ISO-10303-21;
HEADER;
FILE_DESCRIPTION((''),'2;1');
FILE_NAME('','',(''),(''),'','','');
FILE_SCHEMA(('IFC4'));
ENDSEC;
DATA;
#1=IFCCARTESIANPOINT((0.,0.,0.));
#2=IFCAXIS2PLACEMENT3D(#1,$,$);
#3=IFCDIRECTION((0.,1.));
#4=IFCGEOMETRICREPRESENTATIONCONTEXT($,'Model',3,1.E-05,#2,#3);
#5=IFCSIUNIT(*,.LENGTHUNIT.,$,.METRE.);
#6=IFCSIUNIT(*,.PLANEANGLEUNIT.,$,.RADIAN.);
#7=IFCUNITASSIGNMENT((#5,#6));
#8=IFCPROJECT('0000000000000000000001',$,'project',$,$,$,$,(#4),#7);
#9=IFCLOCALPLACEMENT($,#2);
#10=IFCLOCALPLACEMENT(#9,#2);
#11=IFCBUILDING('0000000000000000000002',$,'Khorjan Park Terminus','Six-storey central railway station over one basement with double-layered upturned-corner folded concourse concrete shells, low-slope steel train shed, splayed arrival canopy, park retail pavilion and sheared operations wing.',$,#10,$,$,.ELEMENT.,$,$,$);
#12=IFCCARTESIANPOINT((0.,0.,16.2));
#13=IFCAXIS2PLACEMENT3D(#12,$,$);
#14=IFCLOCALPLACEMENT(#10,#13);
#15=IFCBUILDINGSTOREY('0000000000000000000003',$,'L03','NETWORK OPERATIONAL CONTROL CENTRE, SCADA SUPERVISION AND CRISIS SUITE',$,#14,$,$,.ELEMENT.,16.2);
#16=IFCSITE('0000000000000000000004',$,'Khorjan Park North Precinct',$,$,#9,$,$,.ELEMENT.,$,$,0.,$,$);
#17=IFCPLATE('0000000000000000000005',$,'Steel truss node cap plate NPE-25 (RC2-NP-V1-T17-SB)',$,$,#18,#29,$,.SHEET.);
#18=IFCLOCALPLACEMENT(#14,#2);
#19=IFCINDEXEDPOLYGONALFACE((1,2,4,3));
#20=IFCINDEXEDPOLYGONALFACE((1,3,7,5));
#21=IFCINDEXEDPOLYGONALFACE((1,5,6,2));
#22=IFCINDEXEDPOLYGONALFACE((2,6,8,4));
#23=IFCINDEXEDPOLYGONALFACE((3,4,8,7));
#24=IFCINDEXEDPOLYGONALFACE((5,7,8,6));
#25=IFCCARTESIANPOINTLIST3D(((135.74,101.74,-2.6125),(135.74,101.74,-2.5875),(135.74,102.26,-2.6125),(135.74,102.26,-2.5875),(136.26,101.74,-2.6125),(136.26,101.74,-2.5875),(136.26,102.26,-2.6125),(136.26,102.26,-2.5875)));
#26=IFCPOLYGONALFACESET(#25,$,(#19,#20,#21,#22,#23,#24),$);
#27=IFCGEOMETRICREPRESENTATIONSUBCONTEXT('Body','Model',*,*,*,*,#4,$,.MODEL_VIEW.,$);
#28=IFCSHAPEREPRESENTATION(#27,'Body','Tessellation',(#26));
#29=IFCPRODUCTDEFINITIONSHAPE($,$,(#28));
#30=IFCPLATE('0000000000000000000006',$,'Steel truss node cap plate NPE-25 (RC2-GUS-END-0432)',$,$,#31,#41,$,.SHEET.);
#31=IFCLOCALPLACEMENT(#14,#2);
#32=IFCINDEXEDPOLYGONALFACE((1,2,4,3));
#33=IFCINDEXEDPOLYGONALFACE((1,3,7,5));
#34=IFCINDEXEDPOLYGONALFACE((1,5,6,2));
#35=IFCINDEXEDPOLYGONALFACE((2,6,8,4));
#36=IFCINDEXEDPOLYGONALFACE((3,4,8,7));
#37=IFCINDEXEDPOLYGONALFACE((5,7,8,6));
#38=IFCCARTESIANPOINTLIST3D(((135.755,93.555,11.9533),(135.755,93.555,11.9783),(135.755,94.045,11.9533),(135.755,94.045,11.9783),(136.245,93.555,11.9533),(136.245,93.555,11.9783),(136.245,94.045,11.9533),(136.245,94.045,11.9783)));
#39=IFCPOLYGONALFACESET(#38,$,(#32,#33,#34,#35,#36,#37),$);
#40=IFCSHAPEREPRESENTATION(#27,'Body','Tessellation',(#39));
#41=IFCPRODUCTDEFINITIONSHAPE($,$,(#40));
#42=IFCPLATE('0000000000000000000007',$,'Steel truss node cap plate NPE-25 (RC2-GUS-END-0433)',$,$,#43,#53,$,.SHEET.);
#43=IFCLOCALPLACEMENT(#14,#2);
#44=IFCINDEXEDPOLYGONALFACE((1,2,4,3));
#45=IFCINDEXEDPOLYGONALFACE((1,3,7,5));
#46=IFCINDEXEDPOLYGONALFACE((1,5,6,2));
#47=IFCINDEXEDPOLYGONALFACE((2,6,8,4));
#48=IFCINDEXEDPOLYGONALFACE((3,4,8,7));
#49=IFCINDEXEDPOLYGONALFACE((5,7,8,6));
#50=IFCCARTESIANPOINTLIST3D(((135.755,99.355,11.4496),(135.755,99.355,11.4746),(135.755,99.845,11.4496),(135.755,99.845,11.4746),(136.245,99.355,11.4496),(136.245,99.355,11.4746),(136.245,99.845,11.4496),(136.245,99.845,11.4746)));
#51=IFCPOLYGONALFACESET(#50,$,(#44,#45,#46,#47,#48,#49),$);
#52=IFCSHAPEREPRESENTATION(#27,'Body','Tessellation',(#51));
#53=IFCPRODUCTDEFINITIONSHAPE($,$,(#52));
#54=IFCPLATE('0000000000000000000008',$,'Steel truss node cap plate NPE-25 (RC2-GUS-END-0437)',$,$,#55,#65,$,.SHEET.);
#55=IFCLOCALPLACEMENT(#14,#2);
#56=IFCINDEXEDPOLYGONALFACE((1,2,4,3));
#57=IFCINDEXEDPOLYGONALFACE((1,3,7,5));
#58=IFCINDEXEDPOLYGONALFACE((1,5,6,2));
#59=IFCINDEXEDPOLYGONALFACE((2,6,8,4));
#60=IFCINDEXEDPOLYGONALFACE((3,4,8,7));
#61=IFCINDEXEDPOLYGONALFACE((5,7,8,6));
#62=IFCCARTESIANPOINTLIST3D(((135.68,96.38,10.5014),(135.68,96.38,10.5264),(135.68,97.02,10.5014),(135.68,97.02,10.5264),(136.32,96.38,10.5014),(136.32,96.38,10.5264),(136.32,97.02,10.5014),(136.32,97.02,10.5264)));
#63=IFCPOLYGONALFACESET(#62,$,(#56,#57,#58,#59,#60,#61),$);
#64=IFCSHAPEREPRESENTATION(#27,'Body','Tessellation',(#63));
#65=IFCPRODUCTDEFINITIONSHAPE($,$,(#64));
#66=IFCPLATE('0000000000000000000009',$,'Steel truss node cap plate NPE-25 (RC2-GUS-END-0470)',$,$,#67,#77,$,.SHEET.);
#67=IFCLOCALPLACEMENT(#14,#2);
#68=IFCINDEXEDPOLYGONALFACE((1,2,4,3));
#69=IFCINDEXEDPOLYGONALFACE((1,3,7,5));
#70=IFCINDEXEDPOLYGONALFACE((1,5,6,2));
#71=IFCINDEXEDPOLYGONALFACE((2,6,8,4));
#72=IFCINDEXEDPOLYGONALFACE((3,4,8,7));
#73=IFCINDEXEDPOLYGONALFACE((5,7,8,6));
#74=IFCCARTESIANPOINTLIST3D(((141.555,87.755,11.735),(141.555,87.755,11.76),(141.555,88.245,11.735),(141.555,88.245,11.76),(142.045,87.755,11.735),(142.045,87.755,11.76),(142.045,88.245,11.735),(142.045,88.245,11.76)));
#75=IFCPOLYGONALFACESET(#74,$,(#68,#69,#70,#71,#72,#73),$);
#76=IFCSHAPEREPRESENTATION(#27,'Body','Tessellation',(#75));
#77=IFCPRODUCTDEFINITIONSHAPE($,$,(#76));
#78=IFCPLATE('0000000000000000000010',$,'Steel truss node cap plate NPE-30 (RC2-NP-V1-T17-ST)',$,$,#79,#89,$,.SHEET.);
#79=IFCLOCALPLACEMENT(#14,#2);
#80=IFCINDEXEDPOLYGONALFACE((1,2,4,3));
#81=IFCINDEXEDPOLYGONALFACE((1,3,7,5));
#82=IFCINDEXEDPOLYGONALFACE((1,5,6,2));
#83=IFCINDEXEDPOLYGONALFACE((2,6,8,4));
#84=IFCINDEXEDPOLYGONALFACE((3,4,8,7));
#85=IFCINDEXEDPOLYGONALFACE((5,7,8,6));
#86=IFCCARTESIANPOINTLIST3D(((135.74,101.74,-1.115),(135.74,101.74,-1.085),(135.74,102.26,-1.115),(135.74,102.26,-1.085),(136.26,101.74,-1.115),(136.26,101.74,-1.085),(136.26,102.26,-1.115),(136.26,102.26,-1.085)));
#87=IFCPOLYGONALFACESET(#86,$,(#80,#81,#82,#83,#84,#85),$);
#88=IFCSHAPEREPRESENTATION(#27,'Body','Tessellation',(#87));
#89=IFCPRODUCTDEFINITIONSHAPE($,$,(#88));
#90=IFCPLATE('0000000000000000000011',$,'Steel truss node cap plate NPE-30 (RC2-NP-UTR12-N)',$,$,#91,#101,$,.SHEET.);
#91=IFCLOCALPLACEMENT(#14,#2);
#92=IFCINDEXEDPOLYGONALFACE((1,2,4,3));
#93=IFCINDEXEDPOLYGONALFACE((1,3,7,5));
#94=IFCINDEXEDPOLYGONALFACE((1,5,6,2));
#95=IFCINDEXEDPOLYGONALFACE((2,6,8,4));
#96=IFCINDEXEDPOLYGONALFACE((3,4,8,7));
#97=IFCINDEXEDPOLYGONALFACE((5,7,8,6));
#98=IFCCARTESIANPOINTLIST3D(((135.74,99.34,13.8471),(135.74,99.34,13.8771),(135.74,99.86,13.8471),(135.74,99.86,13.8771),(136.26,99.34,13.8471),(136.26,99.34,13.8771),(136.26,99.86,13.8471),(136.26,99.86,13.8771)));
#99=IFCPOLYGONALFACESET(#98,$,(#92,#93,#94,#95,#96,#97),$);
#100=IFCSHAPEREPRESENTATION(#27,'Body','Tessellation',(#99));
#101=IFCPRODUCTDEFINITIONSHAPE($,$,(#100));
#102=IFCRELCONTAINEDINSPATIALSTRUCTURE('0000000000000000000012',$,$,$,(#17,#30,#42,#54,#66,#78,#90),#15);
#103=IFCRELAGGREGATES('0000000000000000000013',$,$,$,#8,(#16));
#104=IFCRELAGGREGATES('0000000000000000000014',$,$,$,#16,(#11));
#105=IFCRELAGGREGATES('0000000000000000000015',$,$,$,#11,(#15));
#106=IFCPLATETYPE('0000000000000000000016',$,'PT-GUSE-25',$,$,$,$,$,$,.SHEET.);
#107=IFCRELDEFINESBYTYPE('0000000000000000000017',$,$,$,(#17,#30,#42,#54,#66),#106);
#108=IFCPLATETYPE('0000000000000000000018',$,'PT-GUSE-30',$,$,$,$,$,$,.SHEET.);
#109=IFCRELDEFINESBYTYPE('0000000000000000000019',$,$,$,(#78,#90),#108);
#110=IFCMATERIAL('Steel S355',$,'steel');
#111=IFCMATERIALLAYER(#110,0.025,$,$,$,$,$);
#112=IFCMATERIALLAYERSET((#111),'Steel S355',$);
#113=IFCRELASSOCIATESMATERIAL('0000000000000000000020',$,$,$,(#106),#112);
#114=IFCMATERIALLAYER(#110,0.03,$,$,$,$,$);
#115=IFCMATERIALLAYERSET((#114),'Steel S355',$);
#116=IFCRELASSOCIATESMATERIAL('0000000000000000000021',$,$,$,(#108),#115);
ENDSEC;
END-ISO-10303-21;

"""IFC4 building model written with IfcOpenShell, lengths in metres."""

from ifc_helpers import new_model, si_unit, direction, frame, origin, origin_2d, place, context, subcontext, project, spatial, rectangle, extrude, material, layer, layer_set, type_object, element, save


model = new_model("IFC4")

# Units and contexts
model_context = context("Model", 3, precision=1e-05, world=origin(), true_north=direction((0.0, 1.0)))
body_context = subcontext(model_context, "Body", "Model", "MODEL_VIEW")
ifc_project = project(units=[si_unit("LENGTHUNIT", "METRE"), si_unit("PLANEANGLEUNIT", "RADIAN")], contexts=[model_context])

# Site, building, storey
site_placement = place(None, origin())
site = spatial("IfcSite", under=ifc_project, at=site_placement, Name="Khorjan Park North Precinct", CompositionType="ELEMENT", RefElevation=0.0)
building_placement = place(site_placement, origin())
building = spatial("IfcBuilding", under=site, at=building_placement, Name="Khorjan Park Terminus", Description="Six-storey central railway station over one basement with double-layered upturned-corner folded concourse concrete shells, low-slope steel train shed, splayed arrival canopy, park retail pavilion and sheared operations wing.", CompositionType="ELEMENT")
storey_placement = place(building_placement, frame((0.0, 0.0, 16.2)))
storey = spatial("IfcBuildingStorey", under=building, at=storey_placement, Name="L03", Description="NETWORK OPERATIONAL CONTROL CENTRE, SCADA SUPERVISION AND CRISIS SUITE", CompositionType="ELEMENT", Elevation=16.2)

# Shared definitions
ifc_material = material(Name="Steel S355", Category="steel")

# Plates
ifc_layer_1 = layer(ifc_material, 0.025)
ifc_layer_set_1 = layer_set([ifc_layer_1], Name="Steel S355")
plate_type_1 = type_object("IfcPlateType", Name="PT-GUSE-25", PredefinedType="SHEET", material=ifc_layer_set_1)
plate_1_placement = place(storey_placement, frame((136.0, 102.0, -2.6125), z_axis=(0.0, 0.0, 1.0), x_axis=(1.0, 0.0, 0.0)))
element("IfcPlate", 1, at=plate_1_placement, inside=storey, type_object=plate_type_1, Name="Steel truss node cap plate NPE-25 (RC2-NP-V1-T17-SB)", PredefinedType="SHEET", context=body_context, shape_type="SweptSolid", body=[
    extrude(rectangle(XDim=0.52, YDim=0.52, at=origin_2d()), origin(), (0.0, 0.0, 1.0), 0.025),
])
for number, where, z_axis, x_axis, name in (
    (2, (136.0, 93.8, 11.9533), (0.0, 0.0, 1.0), (1.0, 0.0, 0.0), "Steel truss node cap plate NPE-25 (RC2-GUS-END-0432)"),
    (3, (136.0, 99.6, 11.4496), (0.0, 0.0, 1.0), (1.0, 0.0, 0.0), "Steel truss node cap plate NPE-25 (RC2-GUS-END-0433)"),
):
    element("IfcPlate", number, at=place(storey_placement, frame(where, z_axis=z_axis, x_axis=x_axis)), inside=storey, type_object=plate_type_1, Name=name, PredefinedType="SHEET", context=body_context, shape_type="SweptSolid", body=[
        extrude(rectangle(XDim=0.49, YDim=0.49, at=origin_2d()), origin(), (0.0, 0.0, 1.0), 0.025),
    ])
plate_2_placement = place(storey_placement, frame((136.0, 96.7, 10.5014), z_axis=(0.0, 0.0, 1.0), x_axis=(1.0, 0.0, 0.0)))
element("IfcPlate", 4, at=plate_2_placement, inside=storey, type_object=plate_type_1, Name="Steel truss node cap plate NPE-25 (RC2-GUS-END-0437)", PredefinedType="SHEET", context=body_context, shape_type="SweptSolid", body=[
    extrude(rectangle(XDim=0.64, YDim=0.64, at=origin_2d()), origin(), (0.0, 0.0, 1.0), 0.025),
])
plate_3_placement = place(storey_placement, frame((141.8, 88.0, 11.735), z_axis=(0.0, 0.0, 1.0), x_axis=(1.0, 0.0, 0.0)))
element("IfcPlate", 5, at=plate_3_placement, inside=storey, type_object=plate_type_1, Name="Steel truss node cap plate NPE-25 (RC2-GUS-END-0470)", PredefinedType="SHEET", context=body_context, shape_type="SweptSolid", body=[
    extrude(rectangle(XDim=0.49, YDim=0.49, at=origin_2d()), origin(), (0.0, 0.0, 1.0), 0.025),
])
ifc_layer_2 = layer(ifc_material, 0.03)
ifc_layer_set_2 = layer_set([ifc_layer_2], Name="Steel S355")
plate_type_2 = type_object("IfcPlateType", Name="PT-GUSE-30", PredefinedType="SHEET", material=ifc_layer_set_2)
for number, where, z_axis, x_axis, name in (
    (6, (136.0, 102.0, -1.115), (0.0, 0.0, 1.0), (1.0, 0.0, 0.0), "Steel truss node cap plate NPE-30 (RC2-NP-V1-T17-ST)"),
    (7, (136.0, 99.6, 13.8471), (0.0, 0.0, 1.0), (1.0, 0.0, 0.0), "Steel truss node cap plate NPE-30 (RC2-NP-UTR12-N)"),
):
    element("IfcPlate", number, at=place(storey_placement, frame(where, z_axis=z_axis, x_axis=x_axis)), inside=storey, type_object=plate_type_2, Name=name, PredefinedType="SHEET", context=body_context, shape_type="SweptSolid", body=[
        extrude(rectangle(XDim=0.52, YDim=0.52, at=origin_2d()), origin(), (0.0, 0.0, 1.0), 0.03),
    ])

save(model, "model.ifc")
